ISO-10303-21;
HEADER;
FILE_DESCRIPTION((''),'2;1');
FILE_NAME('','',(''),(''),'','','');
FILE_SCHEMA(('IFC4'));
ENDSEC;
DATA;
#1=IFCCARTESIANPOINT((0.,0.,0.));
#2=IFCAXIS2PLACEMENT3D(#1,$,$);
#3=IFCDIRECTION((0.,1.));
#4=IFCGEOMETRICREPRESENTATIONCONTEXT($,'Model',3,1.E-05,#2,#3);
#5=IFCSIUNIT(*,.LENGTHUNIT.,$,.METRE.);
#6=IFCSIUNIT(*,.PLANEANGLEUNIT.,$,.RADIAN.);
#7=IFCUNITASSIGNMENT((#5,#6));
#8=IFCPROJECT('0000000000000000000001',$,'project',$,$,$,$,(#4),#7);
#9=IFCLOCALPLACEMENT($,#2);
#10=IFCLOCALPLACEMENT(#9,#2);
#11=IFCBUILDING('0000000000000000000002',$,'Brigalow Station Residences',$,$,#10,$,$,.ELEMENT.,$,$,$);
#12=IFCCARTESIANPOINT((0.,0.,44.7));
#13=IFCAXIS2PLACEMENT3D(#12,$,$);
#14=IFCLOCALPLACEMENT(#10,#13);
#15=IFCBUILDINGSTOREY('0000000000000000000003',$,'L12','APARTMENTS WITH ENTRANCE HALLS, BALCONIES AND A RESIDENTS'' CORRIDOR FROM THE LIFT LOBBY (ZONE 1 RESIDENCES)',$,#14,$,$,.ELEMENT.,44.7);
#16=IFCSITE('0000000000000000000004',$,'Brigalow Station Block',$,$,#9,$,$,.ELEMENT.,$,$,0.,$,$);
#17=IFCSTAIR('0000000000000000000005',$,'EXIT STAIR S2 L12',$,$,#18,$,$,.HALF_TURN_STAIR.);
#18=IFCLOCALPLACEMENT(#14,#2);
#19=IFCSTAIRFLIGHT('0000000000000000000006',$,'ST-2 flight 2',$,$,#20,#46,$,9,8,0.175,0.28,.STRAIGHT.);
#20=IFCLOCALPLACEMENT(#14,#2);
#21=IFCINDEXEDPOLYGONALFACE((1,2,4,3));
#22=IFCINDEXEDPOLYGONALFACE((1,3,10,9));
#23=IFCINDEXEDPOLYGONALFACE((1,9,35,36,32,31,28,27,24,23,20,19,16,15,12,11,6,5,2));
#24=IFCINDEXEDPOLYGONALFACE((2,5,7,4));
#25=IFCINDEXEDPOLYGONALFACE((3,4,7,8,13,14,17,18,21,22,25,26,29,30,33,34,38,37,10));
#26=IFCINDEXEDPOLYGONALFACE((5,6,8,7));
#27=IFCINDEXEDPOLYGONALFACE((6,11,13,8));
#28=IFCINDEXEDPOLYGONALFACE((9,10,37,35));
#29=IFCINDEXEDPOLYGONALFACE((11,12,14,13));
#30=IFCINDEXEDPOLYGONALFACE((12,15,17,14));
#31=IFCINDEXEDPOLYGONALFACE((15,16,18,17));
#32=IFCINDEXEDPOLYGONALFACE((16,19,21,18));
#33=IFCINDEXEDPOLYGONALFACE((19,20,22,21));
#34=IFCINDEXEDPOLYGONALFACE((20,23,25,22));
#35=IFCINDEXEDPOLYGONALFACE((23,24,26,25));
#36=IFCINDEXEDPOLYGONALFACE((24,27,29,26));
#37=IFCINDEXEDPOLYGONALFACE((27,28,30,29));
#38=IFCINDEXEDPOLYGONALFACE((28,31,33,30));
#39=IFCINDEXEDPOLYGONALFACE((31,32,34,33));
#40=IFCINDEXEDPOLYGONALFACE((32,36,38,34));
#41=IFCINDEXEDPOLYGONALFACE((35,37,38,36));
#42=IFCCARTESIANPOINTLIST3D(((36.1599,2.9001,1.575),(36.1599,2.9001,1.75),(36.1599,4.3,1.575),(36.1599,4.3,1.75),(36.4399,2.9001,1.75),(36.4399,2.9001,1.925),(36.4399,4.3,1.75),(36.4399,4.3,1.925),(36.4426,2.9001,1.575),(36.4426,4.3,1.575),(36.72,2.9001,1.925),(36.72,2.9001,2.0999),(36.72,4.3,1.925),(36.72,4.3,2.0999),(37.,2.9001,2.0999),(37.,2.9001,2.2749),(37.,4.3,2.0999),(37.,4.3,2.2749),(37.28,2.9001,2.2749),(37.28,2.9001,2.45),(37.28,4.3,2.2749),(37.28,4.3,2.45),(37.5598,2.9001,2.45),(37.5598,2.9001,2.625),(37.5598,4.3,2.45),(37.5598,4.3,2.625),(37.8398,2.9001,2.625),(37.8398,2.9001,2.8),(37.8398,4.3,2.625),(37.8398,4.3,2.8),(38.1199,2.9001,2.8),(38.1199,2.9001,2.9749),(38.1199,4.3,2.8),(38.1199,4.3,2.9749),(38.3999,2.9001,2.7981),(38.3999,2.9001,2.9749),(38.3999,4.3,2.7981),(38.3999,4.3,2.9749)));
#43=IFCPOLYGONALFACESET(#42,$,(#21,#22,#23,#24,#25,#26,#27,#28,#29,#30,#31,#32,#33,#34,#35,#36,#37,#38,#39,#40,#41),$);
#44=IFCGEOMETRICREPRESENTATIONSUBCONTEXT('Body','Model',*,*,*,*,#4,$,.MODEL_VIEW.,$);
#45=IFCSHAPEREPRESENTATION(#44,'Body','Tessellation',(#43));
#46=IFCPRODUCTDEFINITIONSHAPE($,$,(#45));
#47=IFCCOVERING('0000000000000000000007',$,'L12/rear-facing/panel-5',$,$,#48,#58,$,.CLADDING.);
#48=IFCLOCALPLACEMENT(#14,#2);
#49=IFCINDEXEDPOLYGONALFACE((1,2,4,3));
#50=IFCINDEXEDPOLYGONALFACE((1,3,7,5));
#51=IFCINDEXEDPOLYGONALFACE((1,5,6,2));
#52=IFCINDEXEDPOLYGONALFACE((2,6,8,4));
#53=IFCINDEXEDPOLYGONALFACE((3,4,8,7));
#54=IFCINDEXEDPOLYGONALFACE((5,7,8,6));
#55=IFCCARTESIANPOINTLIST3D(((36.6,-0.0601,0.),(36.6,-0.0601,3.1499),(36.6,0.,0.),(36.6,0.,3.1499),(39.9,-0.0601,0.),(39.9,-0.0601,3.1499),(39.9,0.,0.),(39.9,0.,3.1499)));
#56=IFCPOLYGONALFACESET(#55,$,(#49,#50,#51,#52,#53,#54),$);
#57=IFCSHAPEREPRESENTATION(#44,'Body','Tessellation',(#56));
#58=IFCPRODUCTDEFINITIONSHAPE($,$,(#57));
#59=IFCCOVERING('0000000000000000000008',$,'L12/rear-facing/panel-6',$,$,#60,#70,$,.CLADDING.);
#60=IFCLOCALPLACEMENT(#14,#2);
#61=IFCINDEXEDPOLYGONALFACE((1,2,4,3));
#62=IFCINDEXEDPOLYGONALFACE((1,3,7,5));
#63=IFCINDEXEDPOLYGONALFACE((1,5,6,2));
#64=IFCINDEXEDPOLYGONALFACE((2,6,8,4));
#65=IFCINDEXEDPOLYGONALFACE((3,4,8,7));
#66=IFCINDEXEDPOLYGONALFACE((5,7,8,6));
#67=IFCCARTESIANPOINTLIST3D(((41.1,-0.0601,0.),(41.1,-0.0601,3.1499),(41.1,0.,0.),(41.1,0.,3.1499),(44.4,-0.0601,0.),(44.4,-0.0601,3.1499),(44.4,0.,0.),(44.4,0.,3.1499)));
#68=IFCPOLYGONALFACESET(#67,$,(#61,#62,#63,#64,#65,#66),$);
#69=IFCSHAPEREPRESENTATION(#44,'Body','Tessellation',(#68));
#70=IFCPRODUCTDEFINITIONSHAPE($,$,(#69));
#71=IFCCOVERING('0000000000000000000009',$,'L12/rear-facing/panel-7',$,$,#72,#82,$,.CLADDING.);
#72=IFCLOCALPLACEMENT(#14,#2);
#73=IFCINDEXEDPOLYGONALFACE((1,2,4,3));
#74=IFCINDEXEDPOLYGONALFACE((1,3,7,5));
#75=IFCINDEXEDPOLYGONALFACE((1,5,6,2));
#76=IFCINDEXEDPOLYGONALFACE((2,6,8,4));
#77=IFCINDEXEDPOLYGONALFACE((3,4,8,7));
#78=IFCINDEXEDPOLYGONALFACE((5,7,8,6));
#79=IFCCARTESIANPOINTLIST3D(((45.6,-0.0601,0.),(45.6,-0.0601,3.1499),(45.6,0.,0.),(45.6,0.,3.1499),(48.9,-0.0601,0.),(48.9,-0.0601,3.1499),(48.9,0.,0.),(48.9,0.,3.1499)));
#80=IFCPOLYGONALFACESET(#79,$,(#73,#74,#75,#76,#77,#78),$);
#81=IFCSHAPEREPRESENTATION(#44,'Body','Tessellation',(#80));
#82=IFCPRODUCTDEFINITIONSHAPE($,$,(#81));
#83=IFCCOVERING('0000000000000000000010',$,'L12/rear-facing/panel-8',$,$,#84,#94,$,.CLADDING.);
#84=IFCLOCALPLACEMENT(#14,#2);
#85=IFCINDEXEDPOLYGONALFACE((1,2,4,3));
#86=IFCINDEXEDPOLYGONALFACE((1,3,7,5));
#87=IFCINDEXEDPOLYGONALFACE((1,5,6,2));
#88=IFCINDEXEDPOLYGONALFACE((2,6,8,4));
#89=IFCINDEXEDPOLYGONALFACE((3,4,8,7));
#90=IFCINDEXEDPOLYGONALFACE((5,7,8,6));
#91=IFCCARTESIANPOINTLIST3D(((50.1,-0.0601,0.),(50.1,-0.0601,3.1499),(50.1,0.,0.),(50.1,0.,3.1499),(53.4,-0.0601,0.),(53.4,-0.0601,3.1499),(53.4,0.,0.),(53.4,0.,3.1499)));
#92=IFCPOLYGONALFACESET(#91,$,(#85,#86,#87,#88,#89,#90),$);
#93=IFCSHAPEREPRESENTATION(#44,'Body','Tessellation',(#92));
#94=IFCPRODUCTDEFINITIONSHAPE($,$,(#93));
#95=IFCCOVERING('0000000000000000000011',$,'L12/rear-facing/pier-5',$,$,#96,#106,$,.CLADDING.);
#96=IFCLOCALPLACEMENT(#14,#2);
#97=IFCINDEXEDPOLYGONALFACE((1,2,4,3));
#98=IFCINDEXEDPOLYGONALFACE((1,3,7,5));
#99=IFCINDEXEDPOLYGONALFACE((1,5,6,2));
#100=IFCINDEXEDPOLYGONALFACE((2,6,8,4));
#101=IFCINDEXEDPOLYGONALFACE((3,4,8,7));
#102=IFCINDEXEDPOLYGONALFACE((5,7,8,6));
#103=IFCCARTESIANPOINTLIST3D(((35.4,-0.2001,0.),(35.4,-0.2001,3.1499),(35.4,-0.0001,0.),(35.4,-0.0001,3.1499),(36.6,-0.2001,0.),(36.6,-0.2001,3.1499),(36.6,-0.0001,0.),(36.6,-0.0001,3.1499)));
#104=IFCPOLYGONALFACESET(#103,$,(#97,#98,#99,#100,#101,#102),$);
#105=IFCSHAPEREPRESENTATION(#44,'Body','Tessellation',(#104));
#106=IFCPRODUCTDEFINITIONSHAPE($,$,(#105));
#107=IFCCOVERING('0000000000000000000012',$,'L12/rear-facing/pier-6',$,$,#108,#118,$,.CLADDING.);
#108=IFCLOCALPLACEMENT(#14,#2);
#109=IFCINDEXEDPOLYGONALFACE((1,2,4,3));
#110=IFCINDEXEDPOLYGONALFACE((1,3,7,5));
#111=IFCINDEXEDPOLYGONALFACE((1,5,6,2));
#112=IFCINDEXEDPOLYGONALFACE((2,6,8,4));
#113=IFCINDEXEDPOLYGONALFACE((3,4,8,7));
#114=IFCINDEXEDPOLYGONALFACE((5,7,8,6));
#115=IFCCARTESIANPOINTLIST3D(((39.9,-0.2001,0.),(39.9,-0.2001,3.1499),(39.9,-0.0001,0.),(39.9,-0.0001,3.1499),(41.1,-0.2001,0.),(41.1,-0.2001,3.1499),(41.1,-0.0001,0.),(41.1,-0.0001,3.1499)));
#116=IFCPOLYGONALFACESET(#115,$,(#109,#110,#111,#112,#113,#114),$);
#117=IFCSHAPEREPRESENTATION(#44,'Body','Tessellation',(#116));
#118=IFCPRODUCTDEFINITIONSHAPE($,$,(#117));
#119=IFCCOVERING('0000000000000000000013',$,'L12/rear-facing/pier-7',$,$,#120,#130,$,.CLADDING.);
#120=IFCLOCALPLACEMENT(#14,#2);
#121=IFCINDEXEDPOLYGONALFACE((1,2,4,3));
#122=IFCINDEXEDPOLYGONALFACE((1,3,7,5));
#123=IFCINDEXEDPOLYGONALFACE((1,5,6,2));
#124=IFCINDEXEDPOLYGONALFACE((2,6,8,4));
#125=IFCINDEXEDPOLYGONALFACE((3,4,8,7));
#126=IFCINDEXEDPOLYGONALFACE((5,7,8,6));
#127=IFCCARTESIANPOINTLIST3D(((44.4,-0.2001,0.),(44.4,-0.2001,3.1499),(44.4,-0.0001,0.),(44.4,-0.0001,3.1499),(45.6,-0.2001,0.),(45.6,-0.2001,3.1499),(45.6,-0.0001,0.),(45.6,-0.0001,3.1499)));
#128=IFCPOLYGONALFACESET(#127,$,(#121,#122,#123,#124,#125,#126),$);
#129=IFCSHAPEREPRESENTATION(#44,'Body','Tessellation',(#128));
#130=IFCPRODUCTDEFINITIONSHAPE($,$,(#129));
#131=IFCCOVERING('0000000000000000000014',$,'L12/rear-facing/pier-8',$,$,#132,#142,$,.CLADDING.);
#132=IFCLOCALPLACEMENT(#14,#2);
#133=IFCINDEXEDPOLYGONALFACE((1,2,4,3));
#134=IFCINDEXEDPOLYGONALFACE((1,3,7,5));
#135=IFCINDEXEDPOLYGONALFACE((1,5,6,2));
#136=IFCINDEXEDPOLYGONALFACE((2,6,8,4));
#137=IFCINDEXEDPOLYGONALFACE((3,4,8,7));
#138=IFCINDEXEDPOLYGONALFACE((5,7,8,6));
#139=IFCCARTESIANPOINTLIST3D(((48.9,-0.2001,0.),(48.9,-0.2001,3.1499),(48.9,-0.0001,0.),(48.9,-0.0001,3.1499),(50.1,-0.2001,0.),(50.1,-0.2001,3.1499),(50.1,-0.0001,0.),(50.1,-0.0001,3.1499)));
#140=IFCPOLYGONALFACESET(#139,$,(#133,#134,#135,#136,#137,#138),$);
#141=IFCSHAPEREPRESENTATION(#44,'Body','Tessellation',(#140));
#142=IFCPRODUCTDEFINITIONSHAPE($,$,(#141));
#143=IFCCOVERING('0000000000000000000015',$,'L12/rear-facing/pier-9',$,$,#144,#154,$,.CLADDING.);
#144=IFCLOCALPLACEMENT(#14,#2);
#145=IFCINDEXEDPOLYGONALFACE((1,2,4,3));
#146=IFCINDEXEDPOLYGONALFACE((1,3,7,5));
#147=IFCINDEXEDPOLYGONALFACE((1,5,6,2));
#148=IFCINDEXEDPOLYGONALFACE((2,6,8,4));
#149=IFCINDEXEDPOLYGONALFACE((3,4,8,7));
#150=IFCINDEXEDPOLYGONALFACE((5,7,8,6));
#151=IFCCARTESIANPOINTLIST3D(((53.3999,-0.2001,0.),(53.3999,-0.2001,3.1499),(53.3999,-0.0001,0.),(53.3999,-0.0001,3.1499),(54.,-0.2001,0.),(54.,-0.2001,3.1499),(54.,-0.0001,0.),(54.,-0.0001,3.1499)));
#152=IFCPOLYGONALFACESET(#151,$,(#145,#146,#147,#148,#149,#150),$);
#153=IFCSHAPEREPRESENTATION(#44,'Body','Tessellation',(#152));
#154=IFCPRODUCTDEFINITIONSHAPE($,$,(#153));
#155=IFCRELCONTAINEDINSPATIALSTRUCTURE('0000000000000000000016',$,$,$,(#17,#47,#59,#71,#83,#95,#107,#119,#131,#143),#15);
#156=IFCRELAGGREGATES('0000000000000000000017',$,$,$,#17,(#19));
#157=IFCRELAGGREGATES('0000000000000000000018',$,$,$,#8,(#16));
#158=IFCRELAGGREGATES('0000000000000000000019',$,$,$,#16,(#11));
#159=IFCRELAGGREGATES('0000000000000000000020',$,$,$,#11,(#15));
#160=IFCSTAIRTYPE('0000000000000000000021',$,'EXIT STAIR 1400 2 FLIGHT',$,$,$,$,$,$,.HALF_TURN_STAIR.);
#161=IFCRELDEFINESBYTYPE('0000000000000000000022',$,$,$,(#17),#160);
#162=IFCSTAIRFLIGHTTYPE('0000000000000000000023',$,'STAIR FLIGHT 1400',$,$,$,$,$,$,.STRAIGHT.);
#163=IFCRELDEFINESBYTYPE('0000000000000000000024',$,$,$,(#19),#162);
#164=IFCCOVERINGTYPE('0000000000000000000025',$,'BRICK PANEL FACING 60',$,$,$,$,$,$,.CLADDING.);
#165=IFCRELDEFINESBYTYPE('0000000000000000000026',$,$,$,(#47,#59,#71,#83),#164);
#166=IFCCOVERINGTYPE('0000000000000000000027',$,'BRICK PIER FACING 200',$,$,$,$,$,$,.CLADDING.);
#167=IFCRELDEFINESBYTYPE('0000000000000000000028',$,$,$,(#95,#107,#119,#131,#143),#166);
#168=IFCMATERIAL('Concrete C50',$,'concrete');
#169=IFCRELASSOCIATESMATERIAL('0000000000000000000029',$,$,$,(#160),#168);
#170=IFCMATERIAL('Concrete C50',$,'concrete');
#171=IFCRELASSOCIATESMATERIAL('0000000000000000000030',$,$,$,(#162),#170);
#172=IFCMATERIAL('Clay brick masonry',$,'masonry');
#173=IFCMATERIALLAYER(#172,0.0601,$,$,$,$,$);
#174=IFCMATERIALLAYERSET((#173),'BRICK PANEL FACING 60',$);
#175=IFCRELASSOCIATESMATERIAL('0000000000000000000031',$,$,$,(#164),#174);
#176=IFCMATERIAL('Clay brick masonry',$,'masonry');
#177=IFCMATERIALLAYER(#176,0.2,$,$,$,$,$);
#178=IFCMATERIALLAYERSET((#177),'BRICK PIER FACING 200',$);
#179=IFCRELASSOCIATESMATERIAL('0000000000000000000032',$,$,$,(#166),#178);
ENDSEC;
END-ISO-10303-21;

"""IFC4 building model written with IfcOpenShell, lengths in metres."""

from ifc_helpers import new_model, si_unit, direction, frame, origin, origin_2d, place, context, subcontext, project, spatial, polyline, rectangle, outline, extrude, material, layer, layer_set, type_object, element, aggregate, save


model = new_model("IFC4")

# Units and contexts
model_context = context("Model", 3, precision=1e-05, world=origin(), true_north=direction((0.0, 1.0)))
body_context = subcontext(model_context, "Body", "Model", "MODEL_VIEW")
ifc_project = project(units=[si_unit("LENGTHUNIT", "METRE"), si_unit("PLANEANGLEUNIT", "RADIAN")], contexts=[model_context])

# Site, building, storey
site_placement = place(None, origin())
site = spatial("IfcSite", under=ifc_project, at=site_placement, Name="Brigalow Station Block", CompositionType="ELEMENT", RefElevation=0.0)
building_placement = place(site_placement, origin())
building = spatial("IfcBuilding", under=site, at=building_placement, Name="Brigalow Station Residences", CompositionType="ELEMENT")
storey_placement = place(building_placement, frame((0.0, 0.0, 44.7)))
storey = spatial("IfcBuildingStorey", under=building, at=storey_placement, Name="L12", Description="APARTMENTS WITH ENTRANCE HALLS, BALCONIES AND A RESIDENTS' CORRIDOR FROM THE LIFT LOBBY (ZONE 1 RESIDENCES)", CompositionType="ELEMENT", Elevation=44.7)

# Stair, stair flight
ifc_material_1 = material(Name="Concrete C50", Category="concrete")
stair_type = type_object("IfcStairType", Name="EXIT STAIR 1400 2 FLIGHT", PredefinedType="HALF_TURN_STAIR", material=ifc_material_1)
stair_placement = place(storey_placement, origin())
stair = element("IfcStair", 1, at=stair_placement, inside=storey, type_object=stair_type, Name="EXIT STAIR S2 L12", PredefinedType="HALF_TURN_STAIR")
ifc_material_2 = material(Name="Concrete C50", Category="concrete")
stair_flight_type = type_object("IfcStairFlightType", Name="STAIR FLIGHT 1400", PredefinedType="STRAIGHT", material=ifc_material_2)
stair_flight_1_placement = place(storey_placement, frame((36.1599, 3.6001, 1.575), z_axis=(0.0, 0.0, 1.0), x_axis=(1.0, 0.0, 0.0)))
stair_flight_1 = element("IfcStairFlight", 2, at=stair_flight_1_placement, type_object=stair_flight_type, Name="ST-2 flight 2", NumberOfRisers=9, NumberOfTreads=8, PredefinedType="STRAIGHT", RiserHeight=0.175, TreadLength=0.28, context=body_context, shape_type="SweptSolid", body=[
    extrude(outline(polyline([(0.0, 0.0), (0.0, 0.175), (0.28, 0.175), (0.28, 0.3501), (0.5601, 0.3501), (0.5601, 0.5249), (0.8401, 0.5249), (0.8401, 0.7), (1.1201, 0.7), (1.1201, 0.875), (1.3999, 0.875), (1.3999, 1.05), (1.6799, 1.05), (1.6799, 1.2251), (1.96, 1.2251), (1.96, 1.3999), (2.24, 1.3999), (2.24, 1.575), (2.24, 1.2231), (0.2827, 0.0), (0.0, 0.0)])), frame((0.0, 0.7, 0.0), z_axis=(0.0, -1.0, 0.0), x_axis=(1.0, 0.0, 0.0)), (0.0, 0.0, 1.0), 1.3999),
])
aggregate(stair, [stair_flight_1])

# Coverings
ifc_material_3 = material(Name="Clay brick masonry", Category="masonry")
ifc_layer_1 = layer(ifc_material_3, 0.0601)
ifc_layer_set_1 = layer_set([ifc_layer_1], Name="BRICK PANEL FACING 60")
covering_type_1 = type_object("IfcCoveringType", Name="BRICK PANEL FACING 60", PredefinedType="CLADDING", material=ifc_layer_set_1)
for number, where, z_axis, x_axis, name in (
    (3, (38.25, -0.03, 0.0), (0.0, 0.0, 1.0), (1.0, 0.0, 0.0), "L12/rear-facing/panel-5"),
    (4, (42.75, -0.03, 0.0), (0.0, 0.0, 1.0), (1.0, 0.0, 0.0), "L12/rear-facing/panel-6"),
    (5, (47.25, -0.03, 0.0), (0.0, 0.0, 1.0), (1.0, 0.0, 0.0), "L12/rear-facing/panel-7"),
    (6, (51.75, -0.03, 0.0), (0.0, 0.0, 1.0), (1.0, 0.0, 0.0), "L12/rear-facing/panel-8"),
):
    element("IfcCovering", number, at=place(storey_placement, frame(where, z_axis=z_axis, x_axis=x_axis)), inside=storey, type_object=covering_type_1, Name=name, PredefinedType="CLADDING", context=body_context, shape_type="SweptSolid", body=[
        extrude(rectangle(XDim=3.3, YDim=0.0601, at=origin_2d()), origin(), (0.0, 0.0, 1.0), 3.1499),
    ])
ifc_material_4 = material(Name="Clay brick masonry", Category="masonry")
ifc_layer_2 = layer(ifc_material_4, 0.2)
ifc_layer_set_2 = layer_set([ifc_layer_2], Name="BRICK PIER FACING 200")
covering_type_2 = type_object("IfcCoveringType", Name="BRICK PIER FACING 200", PredefinedType="CLADDING", material=ifc_layer_set_2)
for number, where, z_axis, x_axis, name in (
    (7, (36.0, -0.1001, 0.0), (0.0, 0.0, 1.0), (1.0, 0.0, 0.0), "L12/rear-facing/pier-5"),
    (8, (40.5, -0.1001, 0.0), (0.0, 0.0, 1.0), (1.0, 0.0, 0.0), "L12/rear-facing/pier-6"),
    (9, (45.0, -0.1001, 0.0), (0.0, 0.0, 1.0), (1.0, 0.0, 0.0), "L12/rear-facing/pier-7"),
    (10, (49.5, -0.1001, 0.0), (0.0, 0.0, 1.0), (1.0, 0.0, 0.0), "L12/rear-facing/pier-8"),
):
    element("IfcCovering", number, at=place(storey_placement, frame(where, z_axis=z_axis, x_axis=x_axis)), inside=storey, type_object=covering_type_2, Name=name, PredefinedType="CLADDING", context=body_context, shape_type="SweptSolid", body=[
        extrude(rectangle(XDim=1.2, YDim=0.2, at=origin_2d()), origin(), (0.0, 0.0, 1.0), 3.1499),
    ])
covering_placement = place(storey_placement, frame((53.7, -0.1001, 0.0), z_axis=(0.0, 0.0, 1.0), x_axis=(1.0, 0.0, 0.0)))
element("IfcCovering", 11, at=covering_placement, inside=storey, type_object=covering_type_2, Name="L12/rear-facing/pier-9", PredefinedType="CLADDING", context=body_context, shape_type="SweptSolid", body=[
    extrude(rectangle(XDim=0.6001, YDim=0.2, at=origin_2d()), origin(), (0.0, 0.0, 1.0), 3.1499),
])

save(model, "model.ifc")
